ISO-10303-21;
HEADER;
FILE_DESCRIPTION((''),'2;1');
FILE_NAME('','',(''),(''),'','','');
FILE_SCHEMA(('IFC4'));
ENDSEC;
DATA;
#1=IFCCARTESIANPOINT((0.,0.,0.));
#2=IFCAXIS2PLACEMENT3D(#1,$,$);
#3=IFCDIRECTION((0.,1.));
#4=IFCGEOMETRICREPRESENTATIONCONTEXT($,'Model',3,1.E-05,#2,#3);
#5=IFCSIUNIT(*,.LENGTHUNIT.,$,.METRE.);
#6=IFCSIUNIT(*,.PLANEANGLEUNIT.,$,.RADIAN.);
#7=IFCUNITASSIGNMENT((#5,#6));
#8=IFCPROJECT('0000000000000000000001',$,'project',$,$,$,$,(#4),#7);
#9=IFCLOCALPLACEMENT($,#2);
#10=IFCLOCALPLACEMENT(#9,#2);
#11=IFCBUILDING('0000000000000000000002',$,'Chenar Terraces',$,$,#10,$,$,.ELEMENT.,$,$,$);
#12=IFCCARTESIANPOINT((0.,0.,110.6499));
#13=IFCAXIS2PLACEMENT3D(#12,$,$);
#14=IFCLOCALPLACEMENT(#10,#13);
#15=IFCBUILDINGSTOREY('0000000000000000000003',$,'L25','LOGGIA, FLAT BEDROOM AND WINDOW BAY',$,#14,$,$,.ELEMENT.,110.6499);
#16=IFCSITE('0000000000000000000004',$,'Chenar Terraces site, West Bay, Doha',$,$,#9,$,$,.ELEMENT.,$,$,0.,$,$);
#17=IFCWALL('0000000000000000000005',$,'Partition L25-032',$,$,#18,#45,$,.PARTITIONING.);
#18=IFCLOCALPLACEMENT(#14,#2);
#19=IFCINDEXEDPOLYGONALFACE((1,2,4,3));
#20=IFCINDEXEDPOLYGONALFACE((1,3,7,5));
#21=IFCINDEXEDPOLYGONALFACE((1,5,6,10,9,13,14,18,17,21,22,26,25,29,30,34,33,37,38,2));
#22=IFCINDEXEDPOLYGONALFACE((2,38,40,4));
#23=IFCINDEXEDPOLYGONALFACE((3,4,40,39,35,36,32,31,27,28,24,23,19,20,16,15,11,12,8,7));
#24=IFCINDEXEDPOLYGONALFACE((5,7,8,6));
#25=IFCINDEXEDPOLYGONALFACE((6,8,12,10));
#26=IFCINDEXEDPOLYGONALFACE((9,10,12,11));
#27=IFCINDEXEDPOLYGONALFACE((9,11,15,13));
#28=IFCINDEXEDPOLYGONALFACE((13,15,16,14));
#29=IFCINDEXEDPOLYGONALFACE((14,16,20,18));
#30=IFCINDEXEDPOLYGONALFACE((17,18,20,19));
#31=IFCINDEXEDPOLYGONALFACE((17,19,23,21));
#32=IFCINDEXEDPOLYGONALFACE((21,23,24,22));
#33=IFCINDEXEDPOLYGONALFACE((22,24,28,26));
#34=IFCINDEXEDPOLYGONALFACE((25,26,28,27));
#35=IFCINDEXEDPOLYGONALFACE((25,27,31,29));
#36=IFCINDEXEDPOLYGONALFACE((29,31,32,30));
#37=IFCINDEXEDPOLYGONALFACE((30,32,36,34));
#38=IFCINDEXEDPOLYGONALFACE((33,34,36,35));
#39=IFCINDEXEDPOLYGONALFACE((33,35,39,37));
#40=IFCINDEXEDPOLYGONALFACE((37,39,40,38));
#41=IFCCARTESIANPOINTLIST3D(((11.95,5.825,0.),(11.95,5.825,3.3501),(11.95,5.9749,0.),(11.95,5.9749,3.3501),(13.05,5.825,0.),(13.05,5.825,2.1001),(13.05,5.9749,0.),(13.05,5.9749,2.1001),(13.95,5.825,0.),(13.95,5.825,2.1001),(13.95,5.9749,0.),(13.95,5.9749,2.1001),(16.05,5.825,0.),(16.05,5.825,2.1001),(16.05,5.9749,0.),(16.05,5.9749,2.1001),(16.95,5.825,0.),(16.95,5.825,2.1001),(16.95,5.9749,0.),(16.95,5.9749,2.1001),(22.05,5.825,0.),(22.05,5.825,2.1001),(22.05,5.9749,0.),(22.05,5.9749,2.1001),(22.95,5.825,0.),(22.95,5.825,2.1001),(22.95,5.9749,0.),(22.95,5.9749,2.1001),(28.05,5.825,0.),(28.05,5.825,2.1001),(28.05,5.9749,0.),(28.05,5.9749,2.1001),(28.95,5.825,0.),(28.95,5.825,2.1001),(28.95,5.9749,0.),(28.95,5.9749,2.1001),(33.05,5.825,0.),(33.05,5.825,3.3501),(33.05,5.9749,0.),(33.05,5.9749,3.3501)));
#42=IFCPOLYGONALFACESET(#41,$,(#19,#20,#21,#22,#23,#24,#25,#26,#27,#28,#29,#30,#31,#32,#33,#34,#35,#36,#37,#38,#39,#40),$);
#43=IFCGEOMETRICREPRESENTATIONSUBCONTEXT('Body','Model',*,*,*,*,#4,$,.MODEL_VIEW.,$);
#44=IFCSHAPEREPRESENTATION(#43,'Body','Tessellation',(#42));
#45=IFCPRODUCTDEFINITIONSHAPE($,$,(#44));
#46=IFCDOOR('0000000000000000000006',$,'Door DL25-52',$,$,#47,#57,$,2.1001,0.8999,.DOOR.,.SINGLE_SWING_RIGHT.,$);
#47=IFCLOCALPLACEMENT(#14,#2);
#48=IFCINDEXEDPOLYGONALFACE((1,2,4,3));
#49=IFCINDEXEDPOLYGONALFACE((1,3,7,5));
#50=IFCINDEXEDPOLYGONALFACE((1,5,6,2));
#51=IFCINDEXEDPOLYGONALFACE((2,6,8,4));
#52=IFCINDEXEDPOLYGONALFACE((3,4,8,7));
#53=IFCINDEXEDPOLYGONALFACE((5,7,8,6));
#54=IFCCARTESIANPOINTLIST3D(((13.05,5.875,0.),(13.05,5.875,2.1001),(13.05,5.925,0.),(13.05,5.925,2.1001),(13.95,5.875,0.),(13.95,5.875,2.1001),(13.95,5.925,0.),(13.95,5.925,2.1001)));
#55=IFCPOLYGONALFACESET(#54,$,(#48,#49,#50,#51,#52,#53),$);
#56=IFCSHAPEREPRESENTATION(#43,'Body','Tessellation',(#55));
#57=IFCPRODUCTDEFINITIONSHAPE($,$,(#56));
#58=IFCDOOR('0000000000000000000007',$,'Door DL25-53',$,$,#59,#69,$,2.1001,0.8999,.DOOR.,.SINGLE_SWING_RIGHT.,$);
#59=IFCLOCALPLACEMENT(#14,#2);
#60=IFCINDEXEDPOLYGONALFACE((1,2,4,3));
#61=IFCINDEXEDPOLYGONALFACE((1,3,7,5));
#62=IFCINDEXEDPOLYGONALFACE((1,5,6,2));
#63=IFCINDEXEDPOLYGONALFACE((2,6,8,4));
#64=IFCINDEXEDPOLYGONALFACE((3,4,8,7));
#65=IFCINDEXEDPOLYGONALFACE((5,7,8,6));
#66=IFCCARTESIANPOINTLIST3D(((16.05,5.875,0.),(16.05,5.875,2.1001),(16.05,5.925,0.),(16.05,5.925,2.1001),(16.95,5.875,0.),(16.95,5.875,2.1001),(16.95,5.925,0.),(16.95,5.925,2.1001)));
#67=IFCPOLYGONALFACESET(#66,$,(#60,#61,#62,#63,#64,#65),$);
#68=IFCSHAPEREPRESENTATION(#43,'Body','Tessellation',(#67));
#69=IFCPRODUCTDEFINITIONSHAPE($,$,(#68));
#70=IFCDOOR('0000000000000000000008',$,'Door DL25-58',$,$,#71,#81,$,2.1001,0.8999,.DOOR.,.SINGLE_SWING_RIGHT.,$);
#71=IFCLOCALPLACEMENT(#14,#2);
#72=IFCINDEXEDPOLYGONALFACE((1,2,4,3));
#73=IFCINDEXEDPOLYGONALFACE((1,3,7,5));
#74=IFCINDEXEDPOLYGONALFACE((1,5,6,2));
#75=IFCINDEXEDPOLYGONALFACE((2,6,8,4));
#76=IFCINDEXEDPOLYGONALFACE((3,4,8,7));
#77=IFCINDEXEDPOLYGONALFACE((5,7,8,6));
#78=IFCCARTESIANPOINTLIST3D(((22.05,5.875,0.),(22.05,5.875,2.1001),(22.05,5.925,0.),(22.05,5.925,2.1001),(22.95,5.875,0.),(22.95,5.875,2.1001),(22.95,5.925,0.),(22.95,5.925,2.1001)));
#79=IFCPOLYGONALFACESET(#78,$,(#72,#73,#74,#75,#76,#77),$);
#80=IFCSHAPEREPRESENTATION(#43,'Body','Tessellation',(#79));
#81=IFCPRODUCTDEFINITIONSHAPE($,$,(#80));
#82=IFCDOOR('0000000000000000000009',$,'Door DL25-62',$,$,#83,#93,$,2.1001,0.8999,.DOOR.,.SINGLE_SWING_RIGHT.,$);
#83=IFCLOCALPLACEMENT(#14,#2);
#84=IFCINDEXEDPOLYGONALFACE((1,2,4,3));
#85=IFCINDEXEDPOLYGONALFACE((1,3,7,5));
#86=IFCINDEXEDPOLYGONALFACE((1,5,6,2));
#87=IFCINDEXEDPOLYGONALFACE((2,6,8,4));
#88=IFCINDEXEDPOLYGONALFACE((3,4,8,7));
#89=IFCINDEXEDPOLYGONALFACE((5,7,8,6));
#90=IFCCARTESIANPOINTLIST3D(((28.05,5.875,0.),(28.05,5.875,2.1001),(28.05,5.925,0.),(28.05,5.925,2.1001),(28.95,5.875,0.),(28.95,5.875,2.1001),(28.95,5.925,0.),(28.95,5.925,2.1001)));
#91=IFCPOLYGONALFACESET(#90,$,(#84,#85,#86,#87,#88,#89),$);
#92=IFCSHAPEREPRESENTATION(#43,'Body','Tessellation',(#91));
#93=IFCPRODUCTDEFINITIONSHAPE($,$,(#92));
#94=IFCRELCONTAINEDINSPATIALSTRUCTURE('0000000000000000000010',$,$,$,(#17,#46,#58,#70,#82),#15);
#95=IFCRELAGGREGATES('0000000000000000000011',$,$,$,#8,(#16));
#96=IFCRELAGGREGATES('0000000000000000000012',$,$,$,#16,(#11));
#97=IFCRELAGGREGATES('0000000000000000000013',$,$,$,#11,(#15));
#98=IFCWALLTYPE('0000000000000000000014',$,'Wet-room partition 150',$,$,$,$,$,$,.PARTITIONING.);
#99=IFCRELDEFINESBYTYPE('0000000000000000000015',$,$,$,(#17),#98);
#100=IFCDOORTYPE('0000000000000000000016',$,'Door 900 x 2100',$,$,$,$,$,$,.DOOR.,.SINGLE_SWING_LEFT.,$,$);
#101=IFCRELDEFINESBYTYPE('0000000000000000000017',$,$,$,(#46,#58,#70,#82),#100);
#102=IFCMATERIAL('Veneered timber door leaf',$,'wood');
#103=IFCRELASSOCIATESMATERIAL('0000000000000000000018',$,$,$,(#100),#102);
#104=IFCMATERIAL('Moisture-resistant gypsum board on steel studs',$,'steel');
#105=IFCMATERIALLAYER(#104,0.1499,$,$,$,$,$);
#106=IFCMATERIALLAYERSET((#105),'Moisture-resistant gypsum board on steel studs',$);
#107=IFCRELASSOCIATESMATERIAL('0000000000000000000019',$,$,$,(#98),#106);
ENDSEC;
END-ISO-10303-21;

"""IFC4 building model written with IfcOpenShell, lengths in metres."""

from ifc_helpers import new_model, si_unit, direction, frame, frame_2d, origin, place, context, subcontext, project, spatial, rectangle, extrude, material, layer, layer_set, type_object, element, fill, save


model = new_model("IFC4")

# Units and contexts
model_context = context("Model", 3, precision=1e-05, world=origin(), true_north=direction((0.0, 1.0)))
body_context = subcontext(model_context, "Body", "Model", "MODEL_VIEW")
ifc_project = project(units=[si_unit("LENGTHUNIT", "METRE"), si_unit("PLANEANGLEUNIT", "RADIAN")], contexts=[model_context])

# Site, building, storey
site_placement = place(None, origin())
site = spatial("IfcSite", under=ifc_project, at=site_placement, Name="Chenar Terraces site, West Bay, Doha", CompositionType="ELEMENT", RefElevation=0.0)
building_placement = place(site_placement, origin())
building = spatial("IfcBuilding", under=site, at=building_placement, Name="Chenar Terraces", CompositionType="ELEMENT")
storey_placement = place(building_placement, frame((0.0, 0.0, 110.6499)))
storey = spatial("IfcBuildingStorey", under=building, at=storey_placement, Name="L25", Description="LOGGIA, FLAT BEDROOM AND WINDOW BAY", CompositionType="ELEMENT", Elevation=110.6499)

# Shared definitions
ifc_material_1 = material(Name="Veneered timber door leaf", Category="wood")
door_type_1 = type_object("IfcDoorType", Name="Door 900 x 2100", OperationType="SINGLE_SWING_LEFT", PredefinedType="DOOR", material=ifc_material_1)

# Wall, openings, doors
ifc_material_2 = material(Name="Moisture-resistant gypsum board on steel studs", Category="steel")
ifc_layer_1 = layer(ifc_material_2, 0.1499)
ifc_layer_set_1 = layer_set([ifc_layer_1], Name="Moisture-resistant gypsum board on steel studs")
wall_type_1 = type_object("IfcWallType", Name="Wet-room partition 150", PredefinedType="PARTITIONING", material=ifc_layer_set_1)
wall_1_placement = place(storey_placement, frame((11.95, 5.8999, 0.0), z_axis=(0.0, 0.0, 1.0), x_axis=(1.0, 0.0, 0.0)))
wall_1 = element("IfcWall", 1, at=wall_1_placement, inside=storey, type_object=wall_type_1, Name="Partition L25-032", PredefinedType="PARTITIONING", context=body_context, shape_type="SweptSolid", body=[
    extrude(rectangle(XDim=21.1001, YDim=0.1499, at=frame_2d((10.55, 0.0))), origin(), (0.0, 0.0, 1.0), 3.3501),
])
opening_1_placement = place(wall_1_placement, frame((1.1001, 0.0, 0.0)))
opening_1 = element("IfcOpeningElement", 2, at=opening_1_placement, cuts=wall_1, PredefinedType="OPENING", context=body_context, shape_type="SweptSolid", body=[
    extrude(rectangle(XDim=0.8999, YDim=2.1001, at=frame_2d((0.45, 1.05))), frame((0.0, 0.085, 0.0), z_axis=(0.0, -1.0, 0.0), x_axis=(1.0, 0.0, 0.0)), (0.0, 0.0, 1.0), 0.1699),
])
opening_2_placement = place(wall_1_placement, frame((4.1001, 0.0, 0.0)))
opening_2 = element("IfcOpeningElement", 3, at=opening_2_placement, cuts=wall_1, PredefinedType="OPENING", context=body_context, shape_type="SweptSolid", body=[
    extrude(rectangle(XDim=0.8999, YDim=2.1001, at=frame_2d((0.45, 1.05))), frame((0.0, 0.085, 0.0), z_axis=(0.0, -1.0, 0.0), x_axis=(1.0, 0.0, 0.0)), (0.0, 0.0, 1.0), 0.1699),
])
opening_3_placement = place(wall_1_placement, frame((10.1001, 0.0, 0.0)))
opening_3 = element("IfcOpeningElement", 4, at=opening_3_placement, cuts=wall_1, PredefinedType="OPENING", context=body_context, shape_type="SweptSolid", body=[
    extrude(rectangle(XDim=0.8999, YDim=2.1001, at=frame_2d((0.45, 1.05))), frame((0.0, 0.085, 0.0), z_axis=(0.0, -1.0, 0.0), x_axis=(1.0, 0.0, 0.0)), (0.0, 0.0, 1.0), 0.1699),
])
opening_4_placement = place(wall_1_placement, frame((16.1001, 0.0, 0.0)))
opening_4 = element("IfcOpeningElement", 5, at=opening_4_placement, cuts=wall_1, PredefinedType="OPENING", context=body_context, shape_type="SweptSolid", body=[
    extrude(rectangle(XDim=0.8999, YDim=2.1001, at=frame_2d((0.45, 1.05))), frame((0.0, 0.085, 0.0), z_axis=(0.0, -1.0, 0.0), x_axis=(1.0, 0.0, 0.0)), (0.0, 0.0, 1.0), 0.1699),
])
door_1_placement = place(opening_1_placement, frame((0.8999, 0.0, 0.0), z_axis=(0.0, 0.0, 1.0), x_axis=(-1.0, 0.0, 0.0)))
door_1 = element("IfcDoor", 6, at=door_1_placement, inside=storey, type_object=door_type_1, Name="Door DL25-52", OperationType="SINGLE_SWING_RIGHT", OverallHeight=2.1001, OverallWidth=0.8999, PredefinedType="DOOR", context=body_context, shape_type="SweptSolid", body=[
    extrude(rectangle(XDim=0.8999, YDim=2.1001, at=frame_2d((0.45, 1.05))), frame((0.0, 0.0249, 0.0), z_axis=(0.0, -1.0, 0.0), x_axis=(1.0, 0.0, 0.0)), (0.0, 0.0, 1.0), 0.05),
])
fill(opening_1, door_1)
door_2_placement = place(opening_2_placement, frame((0.8999, 0.0, 0.0), z_axis=(0.0, 0.0, 1.0), x_axis=(-1.0, 0.0, 0.0)))
door_2 = element("IfcDoor", 7, at=door_2_placement, inside=storey, type_object=door_type_1, Name="Door DL25-53", OperationType="SINGLE_SWING_RIGHT", OverallHeight=2.1001, OverallWidth=0.8999, PredefinedType="DOOR", context=body_context, shape_type="SweptSolid", body=[
    extrude(rectangle(XDim=0.8999, YDim=2.1001, at=frame_2d((0.45, 1.05))), frame((0.0, 0.0249, 0.0), z_axis=(0.0, -1.0, 0.0), x_axis=(1.0, 0.0, 0.0)), (0.0, 0.0, 1.0), 0.05),
])
fill(opening_2, door_2)
door_3_placement = place(opening_3_placement, frame((0.8999, 0.0, 0.0), z_axis=(0.0, 0.0, 1.0), x_axis=(-1.0, 0.0, 0.0)))
door_3 = element("IfcDoor", 8, at=door_3_placement, inside=storey, type_object=door_type_1, Name="Door DL25-58", OperationType="SINGLE_SWING_RIGHT", OverallHeight=2.1001, OverallWidth=0.8999, PredefinedType="DOOR", context=body_context, shape_type="SweptSolid", body=[
    extrude(rectangle(XDim=0.8999, YDim=2.1001, at=frame_2d((0.45, 1.05))), frame((0.0, 0.0249, 0.0), z_axis=(0.0, -1.0, 0.0), x_axis=(1.0, 0.0, 0.0)), (0.0, 0.0, 1.0), 0.05),
])
fill(opening_3, door_3)
door_4_placement = place(opening_4_placement, frame((0.8999, 0.0, 0.0), z_axis=(0.0, 0.0, 1.0), x_axis=(-1.0, 0.0, 0.0)))
door_4 = element("IfcDoor", 9, at=door_4_placement, inside=storey, type_object=door_type_1, Name="Door DL25-62", OperationType="SINGLE_SWING_RIGHT", OverallHeight=2.1001, OverallWidth=0.8999, PredefinedType="DOOR", context=body_context, shape_type="SweptSolid", body=[
    extrude(rectangle(XDim=0.8999, YDim=2.1001, at=frame_2d((0.45, 1.05))), frame((0.0, 0.0249, 0.0), z_axis=(0.0, -1.0, 0.0), x_axis=(1.0, 0.0, 0.0)), (0.0, 0.0, 1.0), 0.05),
])
fill(opening_4, door_4)

save(model, "model.ifc")
